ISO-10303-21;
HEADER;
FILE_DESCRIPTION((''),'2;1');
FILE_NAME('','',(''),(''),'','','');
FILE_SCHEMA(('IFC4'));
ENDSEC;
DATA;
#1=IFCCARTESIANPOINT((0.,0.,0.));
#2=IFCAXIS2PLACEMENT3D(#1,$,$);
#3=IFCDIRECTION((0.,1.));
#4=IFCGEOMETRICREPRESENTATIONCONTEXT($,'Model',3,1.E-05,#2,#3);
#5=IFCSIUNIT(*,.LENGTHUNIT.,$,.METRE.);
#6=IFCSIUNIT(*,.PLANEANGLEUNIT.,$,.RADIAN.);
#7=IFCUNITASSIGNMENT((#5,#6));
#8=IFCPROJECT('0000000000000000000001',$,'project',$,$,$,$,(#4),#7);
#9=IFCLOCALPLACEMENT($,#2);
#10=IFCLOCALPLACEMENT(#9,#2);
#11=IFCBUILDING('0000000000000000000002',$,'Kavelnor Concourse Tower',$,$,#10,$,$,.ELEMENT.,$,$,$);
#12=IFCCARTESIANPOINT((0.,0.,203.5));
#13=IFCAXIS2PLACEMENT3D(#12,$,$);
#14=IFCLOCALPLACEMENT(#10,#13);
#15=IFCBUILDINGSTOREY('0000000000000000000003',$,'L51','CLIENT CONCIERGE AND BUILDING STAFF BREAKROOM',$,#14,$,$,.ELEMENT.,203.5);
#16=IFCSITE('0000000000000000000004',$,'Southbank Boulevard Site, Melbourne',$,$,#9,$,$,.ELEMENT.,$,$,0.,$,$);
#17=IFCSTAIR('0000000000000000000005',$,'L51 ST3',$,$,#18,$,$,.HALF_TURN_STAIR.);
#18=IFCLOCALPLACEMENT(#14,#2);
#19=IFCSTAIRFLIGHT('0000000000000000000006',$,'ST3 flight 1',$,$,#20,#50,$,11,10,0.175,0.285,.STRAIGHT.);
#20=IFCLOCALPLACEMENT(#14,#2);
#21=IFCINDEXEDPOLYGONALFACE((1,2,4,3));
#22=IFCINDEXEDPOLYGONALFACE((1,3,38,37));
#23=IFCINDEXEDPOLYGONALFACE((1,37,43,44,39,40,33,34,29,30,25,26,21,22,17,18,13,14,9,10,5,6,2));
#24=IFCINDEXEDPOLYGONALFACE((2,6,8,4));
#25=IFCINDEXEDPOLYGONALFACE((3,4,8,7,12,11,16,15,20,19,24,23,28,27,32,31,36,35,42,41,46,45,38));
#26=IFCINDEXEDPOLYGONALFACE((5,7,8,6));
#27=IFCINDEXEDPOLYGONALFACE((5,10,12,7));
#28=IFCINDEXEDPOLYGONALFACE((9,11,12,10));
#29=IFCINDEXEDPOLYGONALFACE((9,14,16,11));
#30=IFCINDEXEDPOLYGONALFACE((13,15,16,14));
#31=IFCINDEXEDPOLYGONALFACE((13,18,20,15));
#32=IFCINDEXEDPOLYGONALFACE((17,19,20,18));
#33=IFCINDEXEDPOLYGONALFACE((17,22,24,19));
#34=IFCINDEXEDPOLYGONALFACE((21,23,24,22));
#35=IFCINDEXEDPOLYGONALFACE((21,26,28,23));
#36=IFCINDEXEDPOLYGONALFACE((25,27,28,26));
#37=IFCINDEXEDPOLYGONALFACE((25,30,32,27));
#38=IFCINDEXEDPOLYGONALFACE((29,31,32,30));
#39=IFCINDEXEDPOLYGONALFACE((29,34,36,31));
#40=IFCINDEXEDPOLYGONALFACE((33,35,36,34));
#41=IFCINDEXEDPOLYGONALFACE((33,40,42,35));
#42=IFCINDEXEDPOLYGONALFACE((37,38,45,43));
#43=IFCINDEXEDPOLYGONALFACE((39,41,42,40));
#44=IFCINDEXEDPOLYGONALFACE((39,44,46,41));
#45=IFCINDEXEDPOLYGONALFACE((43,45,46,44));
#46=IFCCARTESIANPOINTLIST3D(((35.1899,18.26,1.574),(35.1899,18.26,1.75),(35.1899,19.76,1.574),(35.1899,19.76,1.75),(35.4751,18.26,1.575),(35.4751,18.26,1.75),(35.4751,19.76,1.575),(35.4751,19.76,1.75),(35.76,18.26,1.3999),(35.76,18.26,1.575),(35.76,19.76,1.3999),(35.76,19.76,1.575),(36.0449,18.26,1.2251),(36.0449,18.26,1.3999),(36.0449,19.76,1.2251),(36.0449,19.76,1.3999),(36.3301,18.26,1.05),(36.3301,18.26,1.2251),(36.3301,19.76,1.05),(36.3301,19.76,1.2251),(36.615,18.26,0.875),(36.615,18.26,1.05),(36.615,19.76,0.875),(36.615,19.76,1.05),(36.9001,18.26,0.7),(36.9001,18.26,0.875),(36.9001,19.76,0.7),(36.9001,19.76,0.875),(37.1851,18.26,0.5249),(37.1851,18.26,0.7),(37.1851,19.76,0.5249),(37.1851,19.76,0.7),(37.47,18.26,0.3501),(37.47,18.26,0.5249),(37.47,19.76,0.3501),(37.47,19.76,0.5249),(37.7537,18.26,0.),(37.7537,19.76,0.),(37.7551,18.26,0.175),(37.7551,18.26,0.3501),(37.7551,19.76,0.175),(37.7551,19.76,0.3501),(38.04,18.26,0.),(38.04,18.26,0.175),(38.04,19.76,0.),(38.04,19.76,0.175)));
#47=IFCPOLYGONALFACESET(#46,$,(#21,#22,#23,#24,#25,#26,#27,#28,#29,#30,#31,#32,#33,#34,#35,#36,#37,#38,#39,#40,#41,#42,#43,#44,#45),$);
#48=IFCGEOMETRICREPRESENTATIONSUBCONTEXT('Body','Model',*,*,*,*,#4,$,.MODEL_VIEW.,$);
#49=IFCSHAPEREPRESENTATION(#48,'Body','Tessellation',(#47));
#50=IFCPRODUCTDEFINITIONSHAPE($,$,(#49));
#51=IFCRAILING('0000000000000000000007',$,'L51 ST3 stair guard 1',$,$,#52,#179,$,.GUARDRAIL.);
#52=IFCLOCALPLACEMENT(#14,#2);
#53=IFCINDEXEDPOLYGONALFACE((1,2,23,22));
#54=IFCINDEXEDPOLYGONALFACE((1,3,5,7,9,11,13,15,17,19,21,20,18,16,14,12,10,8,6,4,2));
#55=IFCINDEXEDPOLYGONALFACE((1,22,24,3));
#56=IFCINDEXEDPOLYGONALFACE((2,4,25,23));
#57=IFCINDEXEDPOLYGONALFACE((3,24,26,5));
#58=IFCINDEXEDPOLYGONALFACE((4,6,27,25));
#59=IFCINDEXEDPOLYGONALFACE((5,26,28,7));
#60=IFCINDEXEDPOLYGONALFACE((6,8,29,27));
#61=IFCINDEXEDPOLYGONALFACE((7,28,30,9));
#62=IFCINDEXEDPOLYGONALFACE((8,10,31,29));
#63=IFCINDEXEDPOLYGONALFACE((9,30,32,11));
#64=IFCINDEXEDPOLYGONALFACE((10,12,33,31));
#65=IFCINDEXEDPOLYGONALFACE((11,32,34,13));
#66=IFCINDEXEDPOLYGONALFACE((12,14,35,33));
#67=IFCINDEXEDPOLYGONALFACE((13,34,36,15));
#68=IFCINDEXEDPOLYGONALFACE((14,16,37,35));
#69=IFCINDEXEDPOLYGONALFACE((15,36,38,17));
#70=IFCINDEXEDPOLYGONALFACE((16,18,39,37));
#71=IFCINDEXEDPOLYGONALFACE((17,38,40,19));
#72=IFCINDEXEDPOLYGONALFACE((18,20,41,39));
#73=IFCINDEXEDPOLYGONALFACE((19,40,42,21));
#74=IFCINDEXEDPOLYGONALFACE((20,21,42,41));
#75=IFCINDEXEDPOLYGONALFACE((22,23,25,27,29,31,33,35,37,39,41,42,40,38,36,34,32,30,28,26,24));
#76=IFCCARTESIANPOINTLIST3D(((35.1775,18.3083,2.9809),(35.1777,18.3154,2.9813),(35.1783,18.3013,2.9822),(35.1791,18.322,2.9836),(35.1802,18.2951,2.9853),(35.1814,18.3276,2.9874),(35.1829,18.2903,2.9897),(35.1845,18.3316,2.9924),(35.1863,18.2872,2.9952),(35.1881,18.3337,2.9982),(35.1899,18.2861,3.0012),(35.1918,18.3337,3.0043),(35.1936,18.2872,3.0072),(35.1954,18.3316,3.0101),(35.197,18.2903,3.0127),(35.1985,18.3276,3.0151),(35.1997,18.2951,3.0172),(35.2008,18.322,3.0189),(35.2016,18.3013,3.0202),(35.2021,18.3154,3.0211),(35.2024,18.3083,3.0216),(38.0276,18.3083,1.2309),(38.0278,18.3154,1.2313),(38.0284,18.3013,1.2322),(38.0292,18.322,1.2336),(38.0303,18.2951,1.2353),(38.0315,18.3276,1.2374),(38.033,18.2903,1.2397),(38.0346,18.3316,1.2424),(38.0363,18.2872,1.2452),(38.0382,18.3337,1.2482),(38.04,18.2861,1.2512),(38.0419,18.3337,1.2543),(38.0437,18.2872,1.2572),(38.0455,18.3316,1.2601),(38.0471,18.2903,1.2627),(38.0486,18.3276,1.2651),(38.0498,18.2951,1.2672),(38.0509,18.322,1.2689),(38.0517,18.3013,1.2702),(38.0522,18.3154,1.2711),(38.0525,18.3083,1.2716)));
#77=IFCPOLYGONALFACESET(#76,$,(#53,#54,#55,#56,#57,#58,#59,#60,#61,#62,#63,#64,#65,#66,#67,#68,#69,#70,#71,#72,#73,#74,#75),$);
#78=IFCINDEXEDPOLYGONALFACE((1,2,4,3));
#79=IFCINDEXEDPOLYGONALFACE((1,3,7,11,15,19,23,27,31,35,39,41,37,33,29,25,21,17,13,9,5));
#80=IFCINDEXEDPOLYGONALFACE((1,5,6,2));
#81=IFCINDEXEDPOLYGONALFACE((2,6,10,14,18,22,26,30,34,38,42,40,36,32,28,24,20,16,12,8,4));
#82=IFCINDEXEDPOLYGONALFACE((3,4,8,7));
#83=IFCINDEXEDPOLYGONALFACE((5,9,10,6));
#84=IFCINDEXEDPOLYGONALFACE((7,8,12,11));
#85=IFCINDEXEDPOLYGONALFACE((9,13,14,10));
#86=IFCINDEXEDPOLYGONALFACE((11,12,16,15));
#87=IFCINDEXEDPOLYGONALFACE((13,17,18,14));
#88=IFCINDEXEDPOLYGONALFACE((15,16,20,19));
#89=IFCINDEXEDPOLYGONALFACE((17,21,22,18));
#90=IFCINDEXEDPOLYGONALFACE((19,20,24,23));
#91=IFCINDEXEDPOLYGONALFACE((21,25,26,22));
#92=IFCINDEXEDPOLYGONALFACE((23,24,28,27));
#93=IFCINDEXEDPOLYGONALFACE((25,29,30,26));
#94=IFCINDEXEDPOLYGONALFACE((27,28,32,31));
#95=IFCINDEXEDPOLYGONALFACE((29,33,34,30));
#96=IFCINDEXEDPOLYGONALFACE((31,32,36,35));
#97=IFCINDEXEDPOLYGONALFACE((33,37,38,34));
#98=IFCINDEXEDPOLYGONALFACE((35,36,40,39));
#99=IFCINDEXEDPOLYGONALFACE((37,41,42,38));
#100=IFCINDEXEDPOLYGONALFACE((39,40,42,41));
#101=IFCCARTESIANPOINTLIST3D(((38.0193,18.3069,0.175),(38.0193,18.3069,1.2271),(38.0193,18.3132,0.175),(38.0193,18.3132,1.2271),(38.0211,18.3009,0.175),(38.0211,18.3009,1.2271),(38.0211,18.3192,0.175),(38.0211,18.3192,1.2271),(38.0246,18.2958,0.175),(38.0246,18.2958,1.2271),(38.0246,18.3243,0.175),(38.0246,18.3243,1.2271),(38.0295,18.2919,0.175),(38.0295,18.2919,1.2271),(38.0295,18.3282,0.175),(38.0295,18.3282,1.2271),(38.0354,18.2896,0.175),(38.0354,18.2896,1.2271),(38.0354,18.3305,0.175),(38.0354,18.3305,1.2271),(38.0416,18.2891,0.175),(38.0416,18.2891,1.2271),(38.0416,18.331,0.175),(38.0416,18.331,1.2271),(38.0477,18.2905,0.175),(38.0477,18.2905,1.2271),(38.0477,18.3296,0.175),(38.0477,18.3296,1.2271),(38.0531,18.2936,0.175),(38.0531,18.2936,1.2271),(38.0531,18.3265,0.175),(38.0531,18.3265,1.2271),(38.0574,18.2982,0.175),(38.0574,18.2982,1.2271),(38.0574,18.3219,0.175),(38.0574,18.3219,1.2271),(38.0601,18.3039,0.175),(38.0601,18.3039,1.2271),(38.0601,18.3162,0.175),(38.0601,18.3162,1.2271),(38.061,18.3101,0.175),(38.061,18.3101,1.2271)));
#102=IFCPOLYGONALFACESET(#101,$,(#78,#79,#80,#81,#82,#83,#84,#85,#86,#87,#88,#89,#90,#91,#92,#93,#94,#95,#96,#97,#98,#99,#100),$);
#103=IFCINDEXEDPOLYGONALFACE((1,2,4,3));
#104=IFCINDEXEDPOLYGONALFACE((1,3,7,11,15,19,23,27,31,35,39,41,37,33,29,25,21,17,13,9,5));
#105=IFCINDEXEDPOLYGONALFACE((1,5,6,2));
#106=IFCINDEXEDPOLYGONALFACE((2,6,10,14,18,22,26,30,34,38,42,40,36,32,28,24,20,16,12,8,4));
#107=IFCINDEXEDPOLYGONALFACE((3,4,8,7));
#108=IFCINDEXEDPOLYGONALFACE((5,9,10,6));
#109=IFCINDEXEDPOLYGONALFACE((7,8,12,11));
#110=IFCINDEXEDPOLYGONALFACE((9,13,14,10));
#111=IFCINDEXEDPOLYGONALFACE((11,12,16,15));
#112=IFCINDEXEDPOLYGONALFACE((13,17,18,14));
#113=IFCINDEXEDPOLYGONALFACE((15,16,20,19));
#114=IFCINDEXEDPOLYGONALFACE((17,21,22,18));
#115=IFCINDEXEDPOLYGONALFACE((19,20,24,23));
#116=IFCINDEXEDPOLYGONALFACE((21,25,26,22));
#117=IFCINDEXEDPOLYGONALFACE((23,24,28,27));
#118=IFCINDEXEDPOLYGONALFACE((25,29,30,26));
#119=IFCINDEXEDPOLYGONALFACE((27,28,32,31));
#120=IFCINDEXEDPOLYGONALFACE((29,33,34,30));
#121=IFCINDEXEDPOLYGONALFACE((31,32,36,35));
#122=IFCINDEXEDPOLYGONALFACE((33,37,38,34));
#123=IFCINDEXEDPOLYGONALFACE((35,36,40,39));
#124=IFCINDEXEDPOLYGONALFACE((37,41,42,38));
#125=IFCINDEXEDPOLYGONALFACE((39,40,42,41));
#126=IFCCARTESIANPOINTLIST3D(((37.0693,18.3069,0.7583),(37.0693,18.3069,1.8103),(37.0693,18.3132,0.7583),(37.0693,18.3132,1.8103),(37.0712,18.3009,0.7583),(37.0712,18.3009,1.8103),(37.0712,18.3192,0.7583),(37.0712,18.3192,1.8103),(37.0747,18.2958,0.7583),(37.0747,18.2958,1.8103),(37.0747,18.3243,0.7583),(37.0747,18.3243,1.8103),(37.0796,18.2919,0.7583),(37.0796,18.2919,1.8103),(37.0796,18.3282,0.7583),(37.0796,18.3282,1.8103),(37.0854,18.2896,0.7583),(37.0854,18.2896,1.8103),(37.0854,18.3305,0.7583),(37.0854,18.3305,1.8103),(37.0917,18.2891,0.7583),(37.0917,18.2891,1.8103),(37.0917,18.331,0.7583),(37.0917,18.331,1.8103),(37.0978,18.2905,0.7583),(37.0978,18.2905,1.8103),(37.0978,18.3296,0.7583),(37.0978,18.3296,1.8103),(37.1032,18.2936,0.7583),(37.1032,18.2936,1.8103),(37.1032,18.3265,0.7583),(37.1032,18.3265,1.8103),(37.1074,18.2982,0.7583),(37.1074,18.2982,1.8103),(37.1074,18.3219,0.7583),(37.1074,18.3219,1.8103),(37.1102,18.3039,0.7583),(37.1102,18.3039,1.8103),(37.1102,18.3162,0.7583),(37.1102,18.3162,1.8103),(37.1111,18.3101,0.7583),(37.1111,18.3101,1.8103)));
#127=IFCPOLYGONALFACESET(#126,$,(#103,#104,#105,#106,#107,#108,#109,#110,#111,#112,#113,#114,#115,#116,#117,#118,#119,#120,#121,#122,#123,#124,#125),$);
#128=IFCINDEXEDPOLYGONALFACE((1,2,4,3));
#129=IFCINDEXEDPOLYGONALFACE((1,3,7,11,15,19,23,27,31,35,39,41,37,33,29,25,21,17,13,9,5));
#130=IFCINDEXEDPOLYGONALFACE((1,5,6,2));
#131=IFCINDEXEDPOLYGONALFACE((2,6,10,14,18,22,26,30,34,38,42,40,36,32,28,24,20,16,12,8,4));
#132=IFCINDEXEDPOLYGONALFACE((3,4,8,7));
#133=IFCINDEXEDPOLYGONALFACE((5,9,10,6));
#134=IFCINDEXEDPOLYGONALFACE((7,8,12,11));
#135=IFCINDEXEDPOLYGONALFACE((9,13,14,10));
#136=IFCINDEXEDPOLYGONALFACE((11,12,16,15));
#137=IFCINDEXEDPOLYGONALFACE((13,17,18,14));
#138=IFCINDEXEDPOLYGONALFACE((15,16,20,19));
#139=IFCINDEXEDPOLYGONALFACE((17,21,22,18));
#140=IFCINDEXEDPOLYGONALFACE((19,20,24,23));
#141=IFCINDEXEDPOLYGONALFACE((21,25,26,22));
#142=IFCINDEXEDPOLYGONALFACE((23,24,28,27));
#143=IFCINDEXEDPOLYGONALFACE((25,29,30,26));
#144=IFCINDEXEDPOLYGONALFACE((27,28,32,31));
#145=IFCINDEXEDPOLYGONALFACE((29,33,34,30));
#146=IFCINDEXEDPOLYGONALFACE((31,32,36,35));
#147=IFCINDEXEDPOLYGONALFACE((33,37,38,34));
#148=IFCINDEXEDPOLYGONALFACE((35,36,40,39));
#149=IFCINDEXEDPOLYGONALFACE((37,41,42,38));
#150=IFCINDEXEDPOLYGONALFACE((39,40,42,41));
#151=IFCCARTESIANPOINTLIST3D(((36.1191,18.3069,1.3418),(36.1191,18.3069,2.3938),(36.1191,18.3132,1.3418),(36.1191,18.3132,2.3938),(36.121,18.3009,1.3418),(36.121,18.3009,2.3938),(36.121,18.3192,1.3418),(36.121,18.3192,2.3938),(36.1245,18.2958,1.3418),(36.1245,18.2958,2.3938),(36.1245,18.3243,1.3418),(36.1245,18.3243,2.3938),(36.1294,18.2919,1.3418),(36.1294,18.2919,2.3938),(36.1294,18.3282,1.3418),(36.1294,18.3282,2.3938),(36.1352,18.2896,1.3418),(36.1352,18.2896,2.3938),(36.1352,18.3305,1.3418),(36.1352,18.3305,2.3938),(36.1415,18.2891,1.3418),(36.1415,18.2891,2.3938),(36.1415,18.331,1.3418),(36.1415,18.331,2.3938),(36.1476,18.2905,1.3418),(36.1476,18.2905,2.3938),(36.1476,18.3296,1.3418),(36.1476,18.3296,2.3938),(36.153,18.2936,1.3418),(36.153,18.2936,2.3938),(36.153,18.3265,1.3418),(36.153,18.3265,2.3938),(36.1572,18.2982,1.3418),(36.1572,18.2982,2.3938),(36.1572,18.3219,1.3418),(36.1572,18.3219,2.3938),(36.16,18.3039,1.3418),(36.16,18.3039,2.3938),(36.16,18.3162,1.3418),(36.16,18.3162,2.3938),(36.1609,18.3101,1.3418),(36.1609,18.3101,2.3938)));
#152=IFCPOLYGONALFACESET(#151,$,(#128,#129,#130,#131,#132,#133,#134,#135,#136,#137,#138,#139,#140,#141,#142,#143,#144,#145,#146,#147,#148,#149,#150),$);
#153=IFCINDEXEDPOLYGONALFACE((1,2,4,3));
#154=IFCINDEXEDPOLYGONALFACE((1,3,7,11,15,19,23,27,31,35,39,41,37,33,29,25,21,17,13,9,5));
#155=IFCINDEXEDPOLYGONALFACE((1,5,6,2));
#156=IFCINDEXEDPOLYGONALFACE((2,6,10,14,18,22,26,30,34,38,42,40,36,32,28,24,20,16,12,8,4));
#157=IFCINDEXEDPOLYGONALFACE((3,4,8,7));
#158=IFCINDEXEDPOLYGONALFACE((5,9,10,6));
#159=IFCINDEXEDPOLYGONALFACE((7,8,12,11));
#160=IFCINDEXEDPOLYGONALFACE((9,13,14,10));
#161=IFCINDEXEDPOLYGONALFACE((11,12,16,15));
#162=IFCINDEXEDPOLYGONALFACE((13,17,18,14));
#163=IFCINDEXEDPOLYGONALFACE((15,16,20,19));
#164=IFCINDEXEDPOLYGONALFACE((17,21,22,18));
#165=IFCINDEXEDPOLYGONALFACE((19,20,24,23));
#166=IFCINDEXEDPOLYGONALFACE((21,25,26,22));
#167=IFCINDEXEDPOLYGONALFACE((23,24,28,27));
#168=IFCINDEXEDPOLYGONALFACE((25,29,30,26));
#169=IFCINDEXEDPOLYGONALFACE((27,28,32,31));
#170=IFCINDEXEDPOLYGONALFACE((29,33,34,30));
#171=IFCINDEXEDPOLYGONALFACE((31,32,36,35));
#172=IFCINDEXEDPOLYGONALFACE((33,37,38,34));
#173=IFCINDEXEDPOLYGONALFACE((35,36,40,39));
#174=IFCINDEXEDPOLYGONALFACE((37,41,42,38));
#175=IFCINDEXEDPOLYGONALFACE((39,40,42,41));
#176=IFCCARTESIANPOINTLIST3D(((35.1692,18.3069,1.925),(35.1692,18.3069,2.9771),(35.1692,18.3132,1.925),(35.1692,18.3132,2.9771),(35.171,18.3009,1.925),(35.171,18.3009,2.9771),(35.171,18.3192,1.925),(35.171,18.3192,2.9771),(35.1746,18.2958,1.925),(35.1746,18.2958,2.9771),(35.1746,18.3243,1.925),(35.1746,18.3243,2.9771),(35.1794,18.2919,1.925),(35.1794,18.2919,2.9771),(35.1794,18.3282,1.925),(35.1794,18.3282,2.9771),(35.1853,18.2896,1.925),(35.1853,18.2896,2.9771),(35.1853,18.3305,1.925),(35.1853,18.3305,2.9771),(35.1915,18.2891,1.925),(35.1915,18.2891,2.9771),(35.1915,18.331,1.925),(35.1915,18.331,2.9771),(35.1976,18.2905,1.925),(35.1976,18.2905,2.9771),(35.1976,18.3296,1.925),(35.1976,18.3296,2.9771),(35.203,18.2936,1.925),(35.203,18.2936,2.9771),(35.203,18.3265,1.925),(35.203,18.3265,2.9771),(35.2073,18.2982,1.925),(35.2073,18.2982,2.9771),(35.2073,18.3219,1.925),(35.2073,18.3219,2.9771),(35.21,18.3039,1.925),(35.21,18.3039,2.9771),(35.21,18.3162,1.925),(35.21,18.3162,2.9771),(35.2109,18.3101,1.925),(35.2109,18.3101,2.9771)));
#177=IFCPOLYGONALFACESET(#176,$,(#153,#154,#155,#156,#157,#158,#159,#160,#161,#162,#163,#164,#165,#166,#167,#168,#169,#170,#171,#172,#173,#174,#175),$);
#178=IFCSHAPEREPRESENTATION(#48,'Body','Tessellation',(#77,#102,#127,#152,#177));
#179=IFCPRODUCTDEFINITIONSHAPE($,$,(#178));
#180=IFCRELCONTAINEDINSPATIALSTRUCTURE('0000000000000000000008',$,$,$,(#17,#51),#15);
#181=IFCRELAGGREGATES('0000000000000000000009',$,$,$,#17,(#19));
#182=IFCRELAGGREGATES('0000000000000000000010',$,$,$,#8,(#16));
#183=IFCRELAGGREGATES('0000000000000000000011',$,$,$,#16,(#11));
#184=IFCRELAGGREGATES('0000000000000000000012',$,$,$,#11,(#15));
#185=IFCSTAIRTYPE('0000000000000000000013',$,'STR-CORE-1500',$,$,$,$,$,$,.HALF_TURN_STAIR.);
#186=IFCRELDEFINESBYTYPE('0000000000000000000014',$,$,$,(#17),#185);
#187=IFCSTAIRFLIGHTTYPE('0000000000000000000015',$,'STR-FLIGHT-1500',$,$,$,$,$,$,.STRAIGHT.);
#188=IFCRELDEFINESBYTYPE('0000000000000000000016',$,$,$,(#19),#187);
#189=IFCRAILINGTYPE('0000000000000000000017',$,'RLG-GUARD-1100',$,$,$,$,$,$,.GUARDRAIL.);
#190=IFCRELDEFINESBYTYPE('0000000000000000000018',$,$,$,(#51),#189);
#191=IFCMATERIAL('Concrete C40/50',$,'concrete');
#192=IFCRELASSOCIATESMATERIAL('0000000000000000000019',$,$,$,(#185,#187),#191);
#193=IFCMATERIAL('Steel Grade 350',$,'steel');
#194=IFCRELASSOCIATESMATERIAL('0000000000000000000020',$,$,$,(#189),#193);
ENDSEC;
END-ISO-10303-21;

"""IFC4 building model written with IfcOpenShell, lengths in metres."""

from ifc_helpers import new_model, si_unit, direction, frame, origin, origin_2d, place, context, subcontext, project, spatial, polyline, circle, outline, extrude, material, type_object, element, aggregate, save


model = new_model("IFC4")

# Units and contexts
model_context = context("Model", 3, precision=1e-05, world=origin(), true_north=direction((0.0, 1.0)))
body_context = subcontext(model_context, "Body", "Model", "MODEL_VIEW")
ifc_project = project(units=[si_unit("LENGTHUNIT", "METRE"), si_unit("PLANEANGLEUNIT", "RADIAN")], contexts=[model_context])

# Site, building, storey
site_placement = place(None, origin())
site = spatial("IfcSite", under=ifc_project, at=site_placement, Name="Southbank Boulevard Site, Melbourne", CompositionType="ELEMENT", RefElevation=0.0)
building_placement = place(site_placement, origin())
building = spatial("IfcBuilding", under=site, at=building_placement, Name="Kavelnor Concourse Tower", CompositionType="ELEMENT")
storey_placement = place(building_placement, frame((0.0, 0.0, 203.5)))
storey = spatial("IfcBuildingStorey", under=building, at=storey_placement, Name="L51", Description="CLIENT CONCIERGE AND BUILDING STAFF BREAKROOM", CompositionType="ELEMENT", Elevation=203.5)

# Shared definitions
ifc_material_1 = material(Name="Steel Grade 350", Category="steel")

# Stair, stair flight
ifc_material_2 = material(Name="Concrete C40/50", Category="concrete")
stair_type = type_object("IfcStairType", Name="STR-CORE-1500", PredefinedType="HALF_TURN_STAIR", material=ifc_material_2)
stair_placement = place(storey_placement, origin())
stair = element("IfcStair", 1, at=stair_placement, inside=storey, type_object=stair_type, Name="L51 ST3", PredefinedType="HALF_TURN_STAIR")
stair_flight_type = type_object("IfcStairFlightType", Name="STR-FLIGHT-1500", PredefinedType="STRAIGHT", material=ifc_material_2)
stair_flight_placement = place(storey_placement, frame((38.04, 19.01, 0.0), z_axis=(0.0, 0.0, 1.0), x_axis=(-1.0, 0.0, 0.0)))
stair_flight = element("IfcStairFlight", 2, at=stair_flight_placement, type_object=stair_flight_type, Name="ST3 flight 1", NumberOfRisers=11, NumberOfTreads=10, PredefinedType="STRAIGHT", RiserHeight=0.175, TreadLength=0.285, context=body_context, shape_type="SweptSolid", body=[
    extrude(outline(polyline([(0.0, 0.0), (0.0, 0.175), (0.2849, 0.175), (0.2849, 0.3501), (0.5701, 0.3501), (0.5701, 0.5249), (0.855, 0.5249), (0.855, 0.7), (1.1399, 0.7), (1.1399, 0.875), (1.425, 0.875), (1.425, 1.05), (1.71, 1.05), (1.71, 1.2251), (1.9951, 1.2251), (1.9951, 1.3999), (2.28, 1.3999), (2.28, 1.575), (2.5649, 1.575), (2.5649, 1.75), (2.8501, 1.75), (2.8501, 1.925), (2.8501, 1.574), (0.2864, 0.0), (0.0, 0.0)])), frame((0.0, 0.75, 0.0), z_axis=(0.0, -1.0, 0.0), x_axis=(1.0, 0.0, 0.0)), (0.0, 0.0, 1.0), 1.5),
])
aggregate(stair, [stair_flight])

# Railing
railing_type_1 = type_object("IfcRailingType", Name="RLG-GUARD-1100", PredefinedType="GUARDRAIL", material=ifc_material_1)
railing_1_placement = place(storey_placement, frame((38.04, 18.3101, 0.175)))
element("IfcRailing", 3, at=railing_1_placement, inside=storey, type_object=railing_type_1, Name="L51 ST3 stair guard 1", PredefinedType="GUARDRAIL", context=body_context, shape_type="SweptSolid", body=[
    extrude(circle(Radius=0.0239, at=origin_2d()), frame((0.0, 0.0, 1.0762), z_axis=(-0.852179, 0.0, 0.52325), x_axis=(0.0, -1.0, 0.0)), (0.0, 0.0, 1.0), 3.3445),
    extrude(circle(Radius=0.021, at=origin_2d()), origin(), (0.0, 0.0, 1.0), 1.052),
    extrude(circle(Radius=0.021, at=origin_2d()), frame((-0.95, 0.0, 0.5833)), (0.0, 0.0, 1.0), 1.052),
    extrude(circle(Radius=0.021, at=origin_2d()), frame((-1.9001, 0.0, 1.1667)), (0.0, 0.0, 1.0), 1.052),
    extrude(circle(Radius=0.021, at=origin_2d()), frame((-2.8501, 0.0, 1.75)), (0.0, 0.0, 1.0), 1.052),
])

save(model, "model.ifc")
